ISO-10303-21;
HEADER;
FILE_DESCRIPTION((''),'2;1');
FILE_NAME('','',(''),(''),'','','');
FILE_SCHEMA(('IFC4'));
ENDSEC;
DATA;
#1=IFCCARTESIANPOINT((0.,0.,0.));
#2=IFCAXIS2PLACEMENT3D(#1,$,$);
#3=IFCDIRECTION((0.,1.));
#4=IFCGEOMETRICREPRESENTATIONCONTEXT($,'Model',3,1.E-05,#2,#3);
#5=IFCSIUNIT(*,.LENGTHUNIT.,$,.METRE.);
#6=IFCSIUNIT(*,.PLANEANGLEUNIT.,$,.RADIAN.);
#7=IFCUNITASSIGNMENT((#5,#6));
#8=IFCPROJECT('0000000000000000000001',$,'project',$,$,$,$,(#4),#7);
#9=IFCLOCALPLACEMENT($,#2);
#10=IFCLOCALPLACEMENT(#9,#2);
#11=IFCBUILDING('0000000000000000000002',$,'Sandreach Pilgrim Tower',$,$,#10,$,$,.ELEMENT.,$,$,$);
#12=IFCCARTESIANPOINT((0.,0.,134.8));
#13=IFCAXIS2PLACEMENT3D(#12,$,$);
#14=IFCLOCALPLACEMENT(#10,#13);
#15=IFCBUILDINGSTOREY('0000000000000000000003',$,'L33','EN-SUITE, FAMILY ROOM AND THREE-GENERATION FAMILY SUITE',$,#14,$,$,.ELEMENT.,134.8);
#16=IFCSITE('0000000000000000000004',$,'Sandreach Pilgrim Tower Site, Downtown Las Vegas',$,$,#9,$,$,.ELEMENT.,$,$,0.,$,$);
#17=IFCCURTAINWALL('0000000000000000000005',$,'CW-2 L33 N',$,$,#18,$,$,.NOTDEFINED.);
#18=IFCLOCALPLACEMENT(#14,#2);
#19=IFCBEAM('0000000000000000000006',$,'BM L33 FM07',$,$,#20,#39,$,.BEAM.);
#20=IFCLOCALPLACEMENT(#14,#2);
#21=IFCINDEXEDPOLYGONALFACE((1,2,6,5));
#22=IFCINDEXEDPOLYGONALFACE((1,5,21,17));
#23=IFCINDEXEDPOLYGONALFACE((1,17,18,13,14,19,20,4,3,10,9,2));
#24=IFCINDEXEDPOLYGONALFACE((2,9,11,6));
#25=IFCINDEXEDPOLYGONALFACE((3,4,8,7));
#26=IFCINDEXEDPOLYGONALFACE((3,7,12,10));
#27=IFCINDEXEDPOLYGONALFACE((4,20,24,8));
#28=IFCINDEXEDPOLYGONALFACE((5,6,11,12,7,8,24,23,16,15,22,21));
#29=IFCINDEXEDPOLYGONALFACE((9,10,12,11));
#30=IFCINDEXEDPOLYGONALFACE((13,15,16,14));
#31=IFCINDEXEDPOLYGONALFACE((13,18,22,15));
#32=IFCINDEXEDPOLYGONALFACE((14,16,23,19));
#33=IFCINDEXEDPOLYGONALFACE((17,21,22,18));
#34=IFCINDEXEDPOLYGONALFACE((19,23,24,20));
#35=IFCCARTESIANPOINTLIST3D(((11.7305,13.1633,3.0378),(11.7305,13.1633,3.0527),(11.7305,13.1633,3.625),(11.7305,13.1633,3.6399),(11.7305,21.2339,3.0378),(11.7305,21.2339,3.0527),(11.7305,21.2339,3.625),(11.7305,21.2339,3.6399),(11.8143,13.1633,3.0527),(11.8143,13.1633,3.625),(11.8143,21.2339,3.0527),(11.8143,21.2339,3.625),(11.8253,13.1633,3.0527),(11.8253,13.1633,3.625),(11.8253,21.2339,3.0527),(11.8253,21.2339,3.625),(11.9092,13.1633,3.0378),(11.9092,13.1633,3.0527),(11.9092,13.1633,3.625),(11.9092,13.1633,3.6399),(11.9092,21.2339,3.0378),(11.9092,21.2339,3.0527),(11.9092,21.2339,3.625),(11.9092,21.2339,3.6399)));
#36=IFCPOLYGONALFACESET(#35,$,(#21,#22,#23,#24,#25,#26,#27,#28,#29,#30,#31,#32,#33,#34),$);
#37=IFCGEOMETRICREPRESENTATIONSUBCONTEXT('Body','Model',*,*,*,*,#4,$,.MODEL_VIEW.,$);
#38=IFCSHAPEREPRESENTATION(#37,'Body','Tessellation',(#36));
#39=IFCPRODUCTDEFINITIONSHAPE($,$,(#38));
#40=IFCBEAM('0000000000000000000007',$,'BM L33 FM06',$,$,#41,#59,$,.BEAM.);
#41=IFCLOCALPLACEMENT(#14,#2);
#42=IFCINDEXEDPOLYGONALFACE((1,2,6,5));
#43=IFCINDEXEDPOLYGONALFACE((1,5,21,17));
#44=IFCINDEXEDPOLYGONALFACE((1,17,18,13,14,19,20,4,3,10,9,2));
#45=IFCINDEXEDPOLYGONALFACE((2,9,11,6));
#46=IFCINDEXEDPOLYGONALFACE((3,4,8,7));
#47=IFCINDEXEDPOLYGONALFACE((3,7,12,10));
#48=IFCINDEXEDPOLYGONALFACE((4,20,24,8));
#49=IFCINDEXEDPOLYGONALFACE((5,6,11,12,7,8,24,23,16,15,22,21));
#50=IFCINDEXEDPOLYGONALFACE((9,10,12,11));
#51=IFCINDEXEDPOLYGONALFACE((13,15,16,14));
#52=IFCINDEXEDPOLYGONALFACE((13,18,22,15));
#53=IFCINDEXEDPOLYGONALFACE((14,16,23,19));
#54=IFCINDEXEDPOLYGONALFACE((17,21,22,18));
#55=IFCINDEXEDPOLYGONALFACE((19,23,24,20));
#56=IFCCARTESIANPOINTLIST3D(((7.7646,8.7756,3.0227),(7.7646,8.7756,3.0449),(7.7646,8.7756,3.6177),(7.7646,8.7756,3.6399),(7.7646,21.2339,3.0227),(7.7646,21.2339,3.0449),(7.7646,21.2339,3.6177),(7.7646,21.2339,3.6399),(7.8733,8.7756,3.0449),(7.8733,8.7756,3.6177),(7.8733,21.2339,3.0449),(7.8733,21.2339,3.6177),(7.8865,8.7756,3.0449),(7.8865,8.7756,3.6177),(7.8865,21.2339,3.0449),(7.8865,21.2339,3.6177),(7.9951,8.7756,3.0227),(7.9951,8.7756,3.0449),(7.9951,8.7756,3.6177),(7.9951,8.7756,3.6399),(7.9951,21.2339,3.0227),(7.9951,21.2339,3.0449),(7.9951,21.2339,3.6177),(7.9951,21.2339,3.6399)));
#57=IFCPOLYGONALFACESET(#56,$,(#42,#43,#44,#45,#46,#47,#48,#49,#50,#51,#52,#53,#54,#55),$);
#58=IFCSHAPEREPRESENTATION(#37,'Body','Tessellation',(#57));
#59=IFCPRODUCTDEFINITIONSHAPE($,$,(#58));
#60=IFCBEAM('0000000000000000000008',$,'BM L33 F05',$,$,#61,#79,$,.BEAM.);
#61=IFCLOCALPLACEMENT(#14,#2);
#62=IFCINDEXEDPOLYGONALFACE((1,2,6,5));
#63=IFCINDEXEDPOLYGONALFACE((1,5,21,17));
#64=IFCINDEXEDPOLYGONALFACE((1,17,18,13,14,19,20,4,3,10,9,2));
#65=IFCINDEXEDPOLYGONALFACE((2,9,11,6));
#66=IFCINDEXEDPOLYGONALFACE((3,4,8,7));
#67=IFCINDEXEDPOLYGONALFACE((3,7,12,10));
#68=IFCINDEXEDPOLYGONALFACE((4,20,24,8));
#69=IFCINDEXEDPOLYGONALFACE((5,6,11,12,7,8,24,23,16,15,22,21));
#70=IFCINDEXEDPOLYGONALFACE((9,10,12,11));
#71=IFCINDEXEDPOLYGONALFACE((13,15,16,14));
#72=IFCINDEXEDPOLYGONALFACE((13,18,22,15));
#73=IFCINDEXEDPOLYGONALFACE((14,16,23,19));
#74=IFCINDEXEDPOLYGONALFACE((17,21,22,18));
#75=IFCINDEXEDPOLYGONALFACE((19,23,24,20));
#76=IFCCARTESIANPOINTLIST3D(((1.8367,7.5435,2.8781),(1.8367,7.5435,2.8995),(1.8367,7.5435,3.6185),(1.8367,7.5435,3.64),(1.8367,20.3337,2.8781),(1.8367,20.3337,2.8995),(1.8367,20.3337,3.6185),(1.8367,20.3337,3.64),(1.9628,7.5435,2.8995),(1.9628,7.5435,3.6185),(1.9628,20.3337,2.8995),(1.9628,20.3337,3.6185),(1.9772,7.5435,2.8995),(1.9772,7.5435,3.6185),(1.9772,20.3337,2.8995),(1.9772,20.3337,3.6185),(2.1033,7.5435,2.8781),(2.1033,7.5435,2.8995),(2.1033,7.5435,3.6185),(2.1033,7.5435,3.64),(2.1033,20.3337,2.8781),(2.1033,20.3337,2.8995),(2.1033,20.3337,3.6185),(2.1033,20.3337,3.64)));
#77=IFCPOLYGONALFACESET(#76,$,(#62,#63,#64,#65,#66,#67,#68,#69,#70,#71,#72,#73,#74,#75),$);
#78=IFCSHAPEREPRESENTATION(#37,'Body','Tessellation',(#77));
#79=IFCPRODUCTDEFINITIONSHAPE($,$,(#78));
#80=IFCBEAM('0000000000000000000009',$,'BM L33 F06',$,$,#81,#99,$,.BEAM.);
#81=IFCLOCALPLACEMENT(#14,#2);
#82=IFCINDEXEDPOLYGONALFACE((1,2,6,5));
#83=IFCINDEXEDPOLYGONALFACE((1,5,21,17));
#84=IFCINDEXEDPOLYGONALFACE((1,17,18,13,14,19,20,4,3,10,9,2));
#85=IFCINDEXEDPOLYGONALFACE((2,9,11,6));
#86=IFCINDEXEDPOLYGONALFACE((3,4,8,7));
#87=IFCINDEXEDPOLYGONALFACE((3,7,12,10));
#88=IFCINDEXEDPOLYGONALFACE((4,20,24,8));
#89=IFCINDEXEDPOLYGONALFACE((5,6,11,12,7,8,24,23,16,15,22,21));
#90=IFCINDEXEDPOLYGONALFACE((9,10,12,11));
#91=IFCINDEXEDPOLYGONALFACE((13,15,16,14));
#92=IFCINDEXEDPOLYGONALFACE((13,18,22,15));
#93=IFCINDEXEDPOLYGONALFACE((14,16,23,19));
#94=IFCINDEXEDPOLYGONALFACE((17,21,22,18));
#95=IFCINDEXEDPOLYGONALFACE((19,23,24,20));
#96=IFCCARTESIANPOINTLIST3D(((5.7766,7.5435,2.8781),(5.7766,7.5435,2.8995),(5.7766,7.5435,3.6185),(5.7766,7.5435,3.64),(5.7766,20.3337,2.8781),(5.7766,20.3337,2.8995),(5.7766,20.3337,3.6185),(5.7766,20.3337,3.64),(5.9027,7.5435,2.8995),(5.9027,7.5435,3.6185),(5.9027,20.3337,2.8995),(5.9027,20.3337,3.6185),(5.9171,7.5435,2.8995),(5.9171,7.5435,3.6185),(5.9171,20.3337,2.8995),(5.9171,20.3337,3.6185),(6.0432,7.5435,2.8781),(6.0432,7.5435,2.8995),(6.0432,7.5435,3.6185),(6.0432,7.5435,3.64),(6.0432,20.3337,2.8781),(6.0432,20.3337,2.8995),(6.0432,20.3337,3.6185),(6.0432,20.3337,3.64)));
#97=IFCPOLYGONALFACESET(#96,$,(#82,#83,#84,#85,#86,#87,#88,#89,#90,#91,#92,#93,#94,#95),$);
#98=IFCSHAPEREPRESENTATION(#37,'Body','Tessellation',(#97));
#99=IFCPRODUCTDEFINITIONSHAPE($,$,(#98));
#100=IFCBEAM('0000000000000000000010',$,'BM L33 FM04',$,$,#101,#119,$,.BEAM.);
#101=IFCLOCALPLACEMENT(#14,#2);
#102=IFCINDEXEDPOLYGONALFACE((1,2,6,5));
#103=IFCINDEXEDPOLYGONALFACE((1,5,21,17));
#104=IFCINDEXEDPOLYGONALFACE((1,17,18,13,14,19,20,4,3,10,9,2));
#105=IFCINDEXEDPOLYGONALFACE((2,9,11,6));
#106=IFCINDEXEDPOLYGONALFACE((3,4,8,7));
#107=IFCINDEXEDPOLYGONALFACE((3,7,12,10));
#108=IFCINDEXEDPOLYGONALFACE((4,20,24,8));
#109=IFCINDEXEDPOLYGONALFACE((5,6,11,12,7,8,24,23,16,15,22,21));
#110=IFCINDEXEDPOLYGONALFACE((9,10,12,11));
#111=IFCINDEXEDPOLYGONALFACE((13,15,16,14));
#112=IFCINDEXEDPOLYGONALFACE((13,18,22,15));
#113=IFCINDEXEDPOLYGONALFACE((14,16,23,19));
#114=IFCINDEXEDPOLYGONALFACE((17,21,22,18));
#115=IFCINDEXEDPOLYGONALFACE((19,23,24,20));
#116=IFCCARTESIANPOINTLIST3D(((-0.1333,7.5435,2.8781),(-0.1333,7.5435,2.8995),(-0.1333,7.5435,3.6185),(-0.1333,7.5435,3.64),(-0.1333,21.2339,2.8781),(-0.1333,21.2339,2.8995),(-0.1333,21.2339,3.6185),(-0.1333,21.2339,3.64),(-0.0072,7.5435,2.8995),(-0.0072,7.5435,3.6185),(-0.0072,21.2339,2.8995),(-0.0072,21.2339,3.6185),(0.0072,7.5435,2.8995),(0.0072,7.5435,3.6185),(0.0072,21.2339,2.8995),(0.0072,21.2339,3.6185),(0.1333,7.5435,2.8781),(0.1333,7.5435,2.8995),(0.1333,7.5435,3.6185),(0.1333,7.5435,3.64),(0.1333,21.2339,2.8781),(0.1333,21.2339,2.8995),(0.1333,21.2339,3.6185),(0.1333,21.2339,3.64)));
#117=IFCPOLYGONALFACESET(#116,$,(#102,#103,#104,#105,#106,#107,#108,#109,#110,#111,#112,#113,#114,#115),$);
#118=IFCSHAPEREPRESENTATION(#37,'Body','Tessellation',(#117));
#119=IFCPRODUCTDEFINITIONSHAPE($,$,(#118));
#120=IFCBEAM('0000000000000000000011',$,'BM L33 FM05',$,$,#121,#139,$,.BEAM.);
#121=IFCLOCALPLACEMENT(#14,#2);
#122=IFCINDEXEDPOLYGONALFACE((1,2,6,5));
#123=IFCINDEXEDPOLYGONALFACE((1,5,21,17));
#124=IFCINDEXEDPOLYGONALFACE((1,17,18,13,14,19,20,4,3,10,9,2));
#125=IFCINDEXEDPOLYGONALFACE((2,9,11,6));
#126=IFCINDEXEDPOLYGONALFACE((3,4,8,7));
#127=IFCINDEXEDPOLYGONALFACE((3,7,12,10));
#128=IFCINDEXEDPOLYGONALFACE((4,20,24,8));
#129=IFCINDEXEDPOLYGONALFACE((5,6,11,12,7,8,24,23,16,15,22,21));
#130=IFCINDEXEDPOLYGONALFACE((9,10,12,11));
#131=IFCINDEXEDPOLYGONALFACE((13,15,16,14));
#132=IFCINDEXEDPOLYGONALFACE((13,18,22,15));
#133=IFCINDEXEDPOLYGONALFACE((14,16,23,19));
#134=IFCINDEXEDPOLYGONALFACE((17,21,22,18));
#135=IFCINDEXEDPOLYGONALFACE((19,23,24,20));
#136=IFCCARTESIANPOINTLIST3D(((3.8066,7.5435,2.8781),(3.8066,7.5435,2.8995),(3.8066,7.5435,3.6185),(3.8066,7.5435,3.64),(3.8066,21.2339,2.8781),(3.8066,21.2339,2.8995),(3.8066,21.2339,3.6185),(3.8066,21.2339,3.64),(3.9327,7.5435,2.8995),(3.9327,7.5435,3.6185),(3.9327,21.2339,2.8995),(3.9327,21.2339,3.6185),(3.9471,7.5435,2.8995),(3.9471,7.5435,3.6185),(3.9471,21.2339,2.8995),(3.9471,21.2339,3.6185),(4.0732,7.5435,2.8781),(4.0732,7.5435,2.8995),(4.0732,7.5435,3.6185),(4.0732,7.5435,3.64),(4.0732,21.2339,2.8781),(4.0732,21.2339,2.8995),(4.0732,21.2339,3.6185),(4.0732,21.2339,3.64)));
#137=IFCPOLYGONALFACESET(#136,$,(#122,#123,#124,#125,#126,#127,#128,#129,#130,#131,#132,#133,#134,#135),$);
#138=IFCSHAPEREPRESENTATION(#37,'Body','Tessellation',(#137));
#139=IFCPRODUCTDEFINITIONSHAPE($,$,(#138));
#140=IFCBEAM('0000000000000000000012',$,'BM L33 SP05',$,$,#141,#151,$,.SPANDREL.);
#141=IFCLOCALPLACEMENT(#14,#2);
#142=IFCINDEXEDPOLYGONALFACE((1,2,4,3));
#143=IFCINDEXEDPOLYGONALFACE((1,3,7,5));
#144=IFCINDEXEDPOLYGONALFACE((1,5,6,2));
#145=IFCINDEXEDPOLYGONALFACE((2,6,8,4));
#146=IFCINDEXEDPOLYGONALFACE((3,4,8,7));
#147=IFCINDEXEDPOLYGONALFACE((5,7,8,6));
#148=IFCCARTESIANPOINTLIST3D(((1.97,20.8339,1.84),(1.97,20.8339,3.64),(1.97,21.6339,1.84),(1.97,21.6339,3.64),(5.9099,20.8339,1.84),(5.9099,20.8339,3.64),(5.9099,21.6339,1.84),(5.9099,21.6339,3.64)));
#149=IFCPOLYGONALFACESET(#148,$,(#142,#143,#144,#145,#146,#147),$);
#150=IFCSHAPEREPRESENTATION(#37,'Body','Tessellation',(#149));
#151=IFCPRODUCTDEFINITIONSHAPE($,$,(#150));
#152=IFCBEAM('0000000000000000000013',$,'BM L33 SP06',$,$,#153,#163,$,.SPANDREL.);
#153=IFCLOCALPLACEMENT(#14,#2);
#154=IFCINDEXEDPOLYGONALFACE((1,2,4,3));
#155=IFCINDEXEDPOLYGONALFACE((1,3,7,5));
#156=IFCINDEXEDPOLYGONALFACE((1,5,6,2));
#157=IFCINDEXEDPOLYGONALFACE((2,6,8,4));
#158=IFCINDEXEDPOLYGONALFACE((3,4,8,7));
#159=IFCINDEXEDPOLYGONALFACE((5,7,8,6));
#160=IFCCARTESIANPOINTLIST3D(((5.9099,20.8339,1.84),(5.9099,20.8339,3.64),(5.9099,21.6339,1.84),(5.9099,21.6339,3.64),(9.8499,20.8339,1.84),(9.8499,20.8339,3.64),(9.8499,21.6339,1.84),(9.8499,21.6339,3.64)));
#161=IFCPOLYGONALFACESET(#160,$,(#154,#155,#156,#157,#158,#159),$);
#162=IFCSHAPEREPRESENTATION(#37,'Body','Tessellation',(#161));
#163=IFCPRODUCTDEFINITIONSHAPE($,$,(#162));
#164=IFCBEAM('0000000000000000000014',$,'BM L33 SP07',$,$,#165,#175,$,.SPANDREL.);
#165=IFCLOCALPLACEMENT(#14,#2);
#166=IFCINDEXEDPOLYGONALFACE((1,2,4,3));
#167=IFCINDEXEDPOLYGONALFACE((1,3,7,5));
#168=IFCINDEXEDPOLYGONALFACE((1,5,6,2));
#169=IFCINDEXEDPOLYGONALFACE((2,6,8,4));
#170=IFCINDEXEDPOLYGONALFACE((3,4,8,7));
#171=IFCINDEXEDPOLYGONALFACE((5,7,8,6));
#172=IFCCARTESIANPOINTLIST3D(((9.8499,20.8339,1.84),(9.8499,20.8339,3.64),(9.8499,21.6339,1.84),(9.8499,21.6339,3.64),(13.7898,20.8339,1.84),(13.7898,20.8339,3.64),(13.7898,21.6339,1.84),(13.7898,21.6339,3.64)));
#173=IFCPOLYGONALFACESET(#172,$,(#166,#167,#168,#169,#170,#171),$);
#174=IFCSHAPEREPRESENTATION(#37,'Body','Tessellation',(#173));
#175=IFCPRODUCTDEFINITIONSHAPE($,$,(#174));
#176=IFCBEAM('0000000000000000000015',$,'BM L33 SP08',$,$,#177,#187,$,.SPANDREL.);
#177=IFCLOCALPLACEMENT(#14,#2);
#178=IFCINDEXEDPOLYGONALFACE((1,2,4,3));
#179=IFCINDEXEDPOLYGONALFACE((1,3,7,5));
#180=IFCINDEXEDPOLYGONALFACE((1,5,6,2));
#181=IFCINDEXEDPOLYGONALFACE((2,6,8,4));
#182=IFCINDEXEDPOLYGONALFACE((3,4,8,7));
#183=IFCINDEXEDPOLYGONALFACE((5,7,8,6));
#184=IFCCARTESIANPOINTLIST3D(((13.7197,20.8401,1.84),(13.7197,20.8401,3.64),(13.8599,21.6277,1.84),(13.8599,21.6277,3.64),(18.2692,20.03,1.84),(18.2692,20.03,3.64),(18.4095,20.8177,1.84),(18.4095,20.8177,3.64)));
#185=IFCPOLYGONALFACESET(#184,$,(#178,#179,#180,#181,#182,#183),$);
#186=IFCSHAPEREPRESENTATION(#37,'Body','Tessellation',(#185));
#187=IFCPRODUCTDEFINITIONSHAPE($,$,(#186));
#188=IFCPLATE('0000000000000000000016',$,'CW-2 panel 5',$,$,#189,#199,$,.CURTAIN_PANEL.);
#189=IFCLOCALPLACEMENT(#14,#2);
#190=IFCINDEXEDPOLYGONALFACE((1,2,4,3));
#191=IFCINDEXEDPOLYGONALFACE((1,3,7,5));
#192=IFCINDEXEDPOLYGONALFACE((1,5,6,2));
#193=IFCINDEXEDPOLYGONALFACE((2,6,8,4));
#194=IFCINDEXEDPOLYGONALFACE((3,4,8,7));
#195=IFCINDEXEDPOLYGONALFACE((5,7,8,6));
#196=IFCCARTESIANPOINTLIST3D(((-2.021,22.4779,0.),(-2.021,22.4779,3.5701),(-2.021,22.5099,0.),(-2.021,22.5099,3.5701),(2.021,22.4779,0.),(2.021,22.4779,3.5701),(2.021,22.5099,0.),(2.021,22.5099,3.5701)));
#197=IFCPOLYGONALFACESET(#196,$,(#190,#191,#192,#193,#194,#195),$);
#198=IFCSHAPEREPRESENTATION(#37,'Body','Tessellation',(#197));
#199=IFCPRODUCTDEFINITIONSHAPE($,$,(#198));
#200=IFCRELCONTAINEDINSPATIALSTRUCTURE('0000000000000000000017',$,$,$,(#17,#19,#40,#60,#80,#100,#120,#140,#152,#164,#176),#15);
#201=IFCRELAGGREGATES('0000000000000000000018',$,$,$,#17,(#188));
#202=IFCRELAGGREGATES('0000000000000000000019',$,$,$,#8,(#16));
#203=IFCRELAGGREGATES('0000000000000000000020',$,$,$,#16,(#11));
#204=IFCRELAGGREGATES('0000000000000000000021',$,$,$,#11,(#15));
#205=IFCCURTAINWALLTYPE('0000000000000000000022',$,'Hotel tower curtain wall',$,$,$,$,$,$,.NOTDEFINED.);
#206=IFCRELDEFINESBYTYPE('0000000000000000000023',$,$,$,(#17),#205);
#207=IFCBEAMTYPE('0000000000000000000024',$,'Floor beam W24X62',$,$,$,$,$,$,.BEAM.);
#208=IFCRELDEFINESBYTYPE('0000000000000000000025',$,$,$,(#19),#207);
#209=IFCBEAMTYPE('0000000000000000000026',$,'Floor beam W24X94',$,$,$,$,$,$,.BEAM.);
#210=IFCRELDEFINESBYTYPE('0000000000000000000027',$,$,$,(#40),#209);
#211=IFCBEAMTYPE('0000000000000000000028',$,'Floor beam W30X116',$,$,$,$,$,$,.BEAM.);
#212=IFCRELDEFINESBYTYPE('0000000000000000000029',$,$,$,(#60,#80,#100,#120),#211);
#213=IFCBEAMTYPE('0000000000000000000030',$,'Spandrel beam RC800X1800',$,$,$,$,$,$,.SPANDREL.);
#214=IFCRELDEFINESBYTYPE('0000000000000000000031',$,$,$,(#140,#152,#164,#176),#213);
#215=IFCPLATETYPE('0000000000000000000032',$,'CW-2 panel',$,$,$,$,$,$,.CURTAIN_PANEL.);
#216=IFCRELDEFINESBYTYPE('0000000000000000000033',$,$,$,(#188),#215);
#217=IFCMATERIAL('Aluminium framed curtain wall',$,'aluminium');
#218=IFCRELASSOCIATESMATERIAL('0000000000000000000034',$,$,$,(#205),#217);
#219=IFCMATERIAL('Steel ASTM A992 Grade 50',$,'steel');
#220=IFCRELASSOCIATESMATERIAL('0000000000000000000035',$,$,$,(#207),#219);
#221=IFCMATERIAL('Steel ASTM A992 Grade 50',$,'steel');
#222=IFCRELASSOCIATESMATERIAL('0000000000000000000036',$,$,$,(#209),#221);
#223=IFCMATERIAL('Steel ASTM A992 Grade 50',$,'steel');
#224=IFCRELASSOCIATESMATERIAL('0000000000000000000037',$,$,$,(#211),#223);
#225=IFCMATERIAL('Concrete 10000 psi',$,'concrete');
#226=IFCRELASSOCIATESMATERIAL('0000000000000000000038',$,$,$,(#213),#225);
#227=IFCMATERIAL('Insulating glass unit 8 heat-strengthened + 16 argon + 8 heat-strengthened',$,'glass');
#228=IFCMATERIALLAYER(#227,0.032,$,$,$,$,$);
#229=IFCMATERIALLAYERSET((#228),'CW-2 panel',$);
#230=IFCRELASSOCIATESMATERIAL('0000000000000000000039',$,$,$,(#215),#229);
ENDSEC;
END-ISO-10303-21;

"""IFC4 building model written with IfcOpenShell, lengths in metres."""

from ifc_helpers import new_model, si_unit, direction, frame, origin, origin_2d, place, context, subcontext, project, spatial, rectangle, i_section, extrude, material, layer, layer_set, material_profile, profile_set, type_object, element, aggregate, save


model = new_model("IFC4")

# Units and contexts
model_context = context("Model", 3, precision=1e-05, world=origin(), true_north=direction((0.0, 1.0)))
body_context = subcontext(model_context, "Body", "Model", "MODEL_VIEW")
ifc_project = project(units=[si_unit("LENGTHUNIT", "METRE"), si_unit("PLANEANGLEUNIT", "RADIAN")], contexts=[model_context])

# Site, building, storey
site_placement = place(None, origin())
site = spatial("IfcSite", under=ifc_project, at=site_placement, Name="Sandreach Pilgrim Tower Site, Downtown Las Vegas", CompositionType="ELEMENT", RefElevation=0.0)
building_placement = place(site_placement, origin())
building = spatial("IfcBuilding", under=site, at=building_placement, Name="Sandreach Pilgrim Tower", CompositionType="ELEMENT")
storey_placement = place(building_placement, frame((0.0, 0.0, 134.8)))
storey = spatial("IfcBuildingStorey", under=building, at=storey_placement, Name="L33", Description="EN-SUITE, FAMILY ROOM AND THREE-GENERATION FAMILY SUITE", CompositionType="ELEMENT", Elevation=134.8)

# Curtain wall
ifc_material_1 = material(Name="Aluminium framed curtain wall", Category="aluminium")
curtain_wall_type = type_object("IfcCurtainWallType", Name="Hotel tower curtain wall", PredefinedType="NOTDEFINED", material=ifc_material_1)
curtain_wall_placement = place(storey_placement, origin())
curtain_wall = element("IfcCurtainWall", 1, at=curtain_wall_placement, inside=storey, type_object=curtain_wall_type, Name="CW-2 L33 N", PredefinedType="NOTDEFINED")

# Beams
ifc_material_2 = material(Name="Steel ASTM A992 Grade 50", Category="steel")
ifc_material_profile_1 = material_profile(ifc_material_2, i_section(OverallWidth=0.1787, OverallDepth=0.6021, WebThickness=0.011, FlangeThickness=0.0149, at=origin_2d()), Name="W24X62")
ifc_profile_set_1 = profile_set([ifc_material_profile_1], Name="Steel ASTM A992 Grade 50")
beam_type_1 = type_object("IfcBeamType", Name="Floor beam W24X62", PredefinedType="BEAM", material=ifc_profile_set_1)
beam_1_placement = place(storey_placement, frame((11.8198, 21.2339, 3.3389), z_axis=(0.0, -1.0, 0.0), x_axis=(1.0, 0.0, 0.0)))
element("IfcBeam", 2, at=beam_1_placement, inside=storey, type_object=beam_type_1, Name="BM L33 FM07", PredefinedType="BEAM", context=body_context, shape_type="SweptSolid", body=[
    extrude(i_section(OverallWidth=0.1787, OverallDepth=0.6021, WebThickness=0.011, FlangeThickness=0.0149, at=origin_2d()), origin(), (0.0, 0.0, 1.0), 8.0706),
])
ifc_material_3 = material(Name="Steel ASTM A992 Grade 50", Category="steel")
ifc_material_profile_2 = material_profile(ifc_material_3, i_section(OverallWidth=0.2305, OverallDepth=0.6172, WebThickness=0.0132, FlangeThickness=0.0222, at=origin_2d()), Name="W24X94")
ifc_profile_set_2 = profile_set([ifc_material_profile_2], Name="Steel ASTM A992 Grade 50")
beam_type_2 = type_object("IfcBeamType", Name="Floor beam W24X94", PredefinedType="BEAM", material=ifc_profile_set_2)
beam_2_placement = place(storey_placement, frame((7.8799, 21.2339, 3.3313), z_axis=(0.0, -1.0, 0.0), x_axis=(1.0, 0.0, 0.0)))
element("IfcBeam", 3, at=beam_2_placement, inside=storey, type_object=beam_type_2, Name="BM L33 FM06", PredefinedType="BEAM", context=body_context, shape_type="SweptSolid", body=[
    extrude(i_section(OverallWidth=0.2305, OverallDepth=0.6172, WebThickness=0.0132, FlangeThickness=0.0222, at=origin_2d()), origin(), (0.0, 0.0, 1.0), 12.4583),
])
ifc_material_4 = material(Name="Steel ASTM A992 Grade 50", Category="steel")
ifc_material_profile_3 = material_profile(ifc_material_4, i_section(OverallWidth=0.2666, OverallDepth=0.762, WebThickness=0.0144, FlangeThickness=0.0215, at=origin_2d()), Name="W30X116")
ifc_profile_set_3 = profile_set([ifc_material_profile_3], Name="Steel ASTM A992 Grade 50")
beam_type_3 = type_object("IfcBeamType", Name="Floor beam W30X116", PredefinedType="BEAM", material=ifc_profile_set_3)
for number, where, z_axis, x_axis, name in (
    (4, (1.97, 20.3337, 3.259), (0.0, -1.0, 0.0), (1.0, 0.0, 0.0), "BM L33 F05"),
    (5, (5.9099, 20.3337, 3.259), (0.0, -1.0, 0.0), (1.0, 0.0, 0.0), "BM L33 F06"),
):
    element("IfcBeam", number, at=place(storey_placement, frame(where, z_axis=z_axis, x_axis=x_axis)), inside=storey, type_object=beam_type_3, Name=name, PredefinedType="BEAM", context=body_context, shape_type="SweptSolid", body=[
        extrude(i_section(OverallWidth=0.2666, OverallDepth=0.762, WebThickness=0.0144, FlangeThickness=0.0215, at=origin_2d()), origin(), (0.0, 0.0, 1.0), 12.7903),
    ])
for number, where, z_axis, x_axis, name in (
    (6, (0.0, 21.2339, 3.259), (0.0, -1.0, 0.0), (1.0, 0.0, 0.0), "BM L33 FM04"),
    (7, (3.9399, 21.2339, 3.259), (0.0, -1.0, 0.0), (1.0, 0.0, 0.0), "BM L33 FM05"),
):
    element("IfcBeam", number, at=place(storey_placement, frame(where, z_axis=z_axis, x_axis=x_axis)), inside=storey, type_object=beam_type_3, Name=name, PredefinedType="BEAM", context=body_context, shape_type="SweptSolid", body=[
        extrude(i_section(OverallWidth=0.2666, OverallDepth=0.762, WebThickness=0.0144, FlangeThickness=0.0215, at=origin_2d()), origin(), (0.0, 0.0, 1.0), 13.6904),
    ])
ifc_material_5 = material(Name="Concrete 10000 psi", Category="concrete")
ifc_material_profile_4 = material_profile(ifc_material_5, rectangle(XDim=0.8, YDim=1.8, at=origin_2d()), Name="RC800X1800")
ifc_profile_set_4 = profile_set([ifc_material_profile_4], Name="Concrete 10000 psi")
beam_type_4 = type_object("IfcBeamType", Name="Spandrel beam RC800X1800", PredefinedType="SPANDREL", material=ifc_profile_set_4)
for number, where, z_axis, x_axis, name in (
    (8, (1.97, 21.2339, 2.74), (1.0, 0.0, 0.0), (0.0, 1.0, 0.0), "BM L33 SP05"),
    (9, (5.9099, 21.2339, 2.74), (1.0, 0.0, 0.0), (0.0, 1.0, 0.0), "BM L33 SP06"),
    (10, (9.8499, 21.2339, 2.74), (1.0, 0.0, 0.0), (0.0, 1.0, 0.0), "BM L33 SP07"),
):
    element("IfcBeam", number, at=place(storey_placement, frame(where, z_axis=z_axis, x_axis=x_axis)), inside=storey, type_object=beam_type_4, Name=name, PredefinedType="SPANDREL", context=body_context, shape_type="SweptSolid", body=[
        extrude(rectangle(XDim=0.8, YDim=1.8, at=origin_2d()), origin(), (0.0, 0.0, 1.0), 3.9399),
    ])
beam_3_placement = place(storey_placement, frame((13.7898, 21.2339, 2.74), z_axis=(0.984516, -0.175295, 0.0), x_axis=(0.175295, 0.984516, 0.0)))
element("IfcBeam", 11, at=beam_3_placement, inside=storey, type_object=beam_type_4, Name="BM L33 SP08", PredefinedType="SPANDREL", context=body_context, shape_type="SweptSolid", body=[
    extrude(rectangle(XDim=0.8, YDim=1.8, at=origin_2d()), origin(), (0.0, 0.0, 1.0), 4.6211),
])

# Plate
ifc_material_6 = material(Name="Insulating glass unit 8 heat-strengthened + 16 argon + 8 heat-strengthened", Category="glass")
ifc_layer_1 = layer(ifc_material_6, 0.032)
ifc_layer_set_1 = layer_set([ifc_layer_1], Name="CW-2 panel")
plate_type = type_object("IfcPlateType", Name="CW-2 panel", PredefinedType="CURTAIN_PANEL", material=ifc_layer_set_1)
plate_1_placement = place(storey_placement, frame((0.0, 22.4939, 0.0), z_axis=(0.0, 0.0, 1.0), x_axis=(1.0, 0.0, 0.0)))
plate_1 = element("IfcPlate", 12, at=plate_1_placement, type_object=plate_type, Name="CW-2 panel 5", PredefinedType="CURTAIN_PANEL", context=body_context, shape_type="SweptSolid", body=[
    extrude(rectangle(XDim=4.042, YDim=0.032, at=origin_2d()), origin(), (0.0, 0.0, 1.0), 3.5701),
])
aggregate(curtain_wall, [plate_1])

save(model, "model.ifc")
